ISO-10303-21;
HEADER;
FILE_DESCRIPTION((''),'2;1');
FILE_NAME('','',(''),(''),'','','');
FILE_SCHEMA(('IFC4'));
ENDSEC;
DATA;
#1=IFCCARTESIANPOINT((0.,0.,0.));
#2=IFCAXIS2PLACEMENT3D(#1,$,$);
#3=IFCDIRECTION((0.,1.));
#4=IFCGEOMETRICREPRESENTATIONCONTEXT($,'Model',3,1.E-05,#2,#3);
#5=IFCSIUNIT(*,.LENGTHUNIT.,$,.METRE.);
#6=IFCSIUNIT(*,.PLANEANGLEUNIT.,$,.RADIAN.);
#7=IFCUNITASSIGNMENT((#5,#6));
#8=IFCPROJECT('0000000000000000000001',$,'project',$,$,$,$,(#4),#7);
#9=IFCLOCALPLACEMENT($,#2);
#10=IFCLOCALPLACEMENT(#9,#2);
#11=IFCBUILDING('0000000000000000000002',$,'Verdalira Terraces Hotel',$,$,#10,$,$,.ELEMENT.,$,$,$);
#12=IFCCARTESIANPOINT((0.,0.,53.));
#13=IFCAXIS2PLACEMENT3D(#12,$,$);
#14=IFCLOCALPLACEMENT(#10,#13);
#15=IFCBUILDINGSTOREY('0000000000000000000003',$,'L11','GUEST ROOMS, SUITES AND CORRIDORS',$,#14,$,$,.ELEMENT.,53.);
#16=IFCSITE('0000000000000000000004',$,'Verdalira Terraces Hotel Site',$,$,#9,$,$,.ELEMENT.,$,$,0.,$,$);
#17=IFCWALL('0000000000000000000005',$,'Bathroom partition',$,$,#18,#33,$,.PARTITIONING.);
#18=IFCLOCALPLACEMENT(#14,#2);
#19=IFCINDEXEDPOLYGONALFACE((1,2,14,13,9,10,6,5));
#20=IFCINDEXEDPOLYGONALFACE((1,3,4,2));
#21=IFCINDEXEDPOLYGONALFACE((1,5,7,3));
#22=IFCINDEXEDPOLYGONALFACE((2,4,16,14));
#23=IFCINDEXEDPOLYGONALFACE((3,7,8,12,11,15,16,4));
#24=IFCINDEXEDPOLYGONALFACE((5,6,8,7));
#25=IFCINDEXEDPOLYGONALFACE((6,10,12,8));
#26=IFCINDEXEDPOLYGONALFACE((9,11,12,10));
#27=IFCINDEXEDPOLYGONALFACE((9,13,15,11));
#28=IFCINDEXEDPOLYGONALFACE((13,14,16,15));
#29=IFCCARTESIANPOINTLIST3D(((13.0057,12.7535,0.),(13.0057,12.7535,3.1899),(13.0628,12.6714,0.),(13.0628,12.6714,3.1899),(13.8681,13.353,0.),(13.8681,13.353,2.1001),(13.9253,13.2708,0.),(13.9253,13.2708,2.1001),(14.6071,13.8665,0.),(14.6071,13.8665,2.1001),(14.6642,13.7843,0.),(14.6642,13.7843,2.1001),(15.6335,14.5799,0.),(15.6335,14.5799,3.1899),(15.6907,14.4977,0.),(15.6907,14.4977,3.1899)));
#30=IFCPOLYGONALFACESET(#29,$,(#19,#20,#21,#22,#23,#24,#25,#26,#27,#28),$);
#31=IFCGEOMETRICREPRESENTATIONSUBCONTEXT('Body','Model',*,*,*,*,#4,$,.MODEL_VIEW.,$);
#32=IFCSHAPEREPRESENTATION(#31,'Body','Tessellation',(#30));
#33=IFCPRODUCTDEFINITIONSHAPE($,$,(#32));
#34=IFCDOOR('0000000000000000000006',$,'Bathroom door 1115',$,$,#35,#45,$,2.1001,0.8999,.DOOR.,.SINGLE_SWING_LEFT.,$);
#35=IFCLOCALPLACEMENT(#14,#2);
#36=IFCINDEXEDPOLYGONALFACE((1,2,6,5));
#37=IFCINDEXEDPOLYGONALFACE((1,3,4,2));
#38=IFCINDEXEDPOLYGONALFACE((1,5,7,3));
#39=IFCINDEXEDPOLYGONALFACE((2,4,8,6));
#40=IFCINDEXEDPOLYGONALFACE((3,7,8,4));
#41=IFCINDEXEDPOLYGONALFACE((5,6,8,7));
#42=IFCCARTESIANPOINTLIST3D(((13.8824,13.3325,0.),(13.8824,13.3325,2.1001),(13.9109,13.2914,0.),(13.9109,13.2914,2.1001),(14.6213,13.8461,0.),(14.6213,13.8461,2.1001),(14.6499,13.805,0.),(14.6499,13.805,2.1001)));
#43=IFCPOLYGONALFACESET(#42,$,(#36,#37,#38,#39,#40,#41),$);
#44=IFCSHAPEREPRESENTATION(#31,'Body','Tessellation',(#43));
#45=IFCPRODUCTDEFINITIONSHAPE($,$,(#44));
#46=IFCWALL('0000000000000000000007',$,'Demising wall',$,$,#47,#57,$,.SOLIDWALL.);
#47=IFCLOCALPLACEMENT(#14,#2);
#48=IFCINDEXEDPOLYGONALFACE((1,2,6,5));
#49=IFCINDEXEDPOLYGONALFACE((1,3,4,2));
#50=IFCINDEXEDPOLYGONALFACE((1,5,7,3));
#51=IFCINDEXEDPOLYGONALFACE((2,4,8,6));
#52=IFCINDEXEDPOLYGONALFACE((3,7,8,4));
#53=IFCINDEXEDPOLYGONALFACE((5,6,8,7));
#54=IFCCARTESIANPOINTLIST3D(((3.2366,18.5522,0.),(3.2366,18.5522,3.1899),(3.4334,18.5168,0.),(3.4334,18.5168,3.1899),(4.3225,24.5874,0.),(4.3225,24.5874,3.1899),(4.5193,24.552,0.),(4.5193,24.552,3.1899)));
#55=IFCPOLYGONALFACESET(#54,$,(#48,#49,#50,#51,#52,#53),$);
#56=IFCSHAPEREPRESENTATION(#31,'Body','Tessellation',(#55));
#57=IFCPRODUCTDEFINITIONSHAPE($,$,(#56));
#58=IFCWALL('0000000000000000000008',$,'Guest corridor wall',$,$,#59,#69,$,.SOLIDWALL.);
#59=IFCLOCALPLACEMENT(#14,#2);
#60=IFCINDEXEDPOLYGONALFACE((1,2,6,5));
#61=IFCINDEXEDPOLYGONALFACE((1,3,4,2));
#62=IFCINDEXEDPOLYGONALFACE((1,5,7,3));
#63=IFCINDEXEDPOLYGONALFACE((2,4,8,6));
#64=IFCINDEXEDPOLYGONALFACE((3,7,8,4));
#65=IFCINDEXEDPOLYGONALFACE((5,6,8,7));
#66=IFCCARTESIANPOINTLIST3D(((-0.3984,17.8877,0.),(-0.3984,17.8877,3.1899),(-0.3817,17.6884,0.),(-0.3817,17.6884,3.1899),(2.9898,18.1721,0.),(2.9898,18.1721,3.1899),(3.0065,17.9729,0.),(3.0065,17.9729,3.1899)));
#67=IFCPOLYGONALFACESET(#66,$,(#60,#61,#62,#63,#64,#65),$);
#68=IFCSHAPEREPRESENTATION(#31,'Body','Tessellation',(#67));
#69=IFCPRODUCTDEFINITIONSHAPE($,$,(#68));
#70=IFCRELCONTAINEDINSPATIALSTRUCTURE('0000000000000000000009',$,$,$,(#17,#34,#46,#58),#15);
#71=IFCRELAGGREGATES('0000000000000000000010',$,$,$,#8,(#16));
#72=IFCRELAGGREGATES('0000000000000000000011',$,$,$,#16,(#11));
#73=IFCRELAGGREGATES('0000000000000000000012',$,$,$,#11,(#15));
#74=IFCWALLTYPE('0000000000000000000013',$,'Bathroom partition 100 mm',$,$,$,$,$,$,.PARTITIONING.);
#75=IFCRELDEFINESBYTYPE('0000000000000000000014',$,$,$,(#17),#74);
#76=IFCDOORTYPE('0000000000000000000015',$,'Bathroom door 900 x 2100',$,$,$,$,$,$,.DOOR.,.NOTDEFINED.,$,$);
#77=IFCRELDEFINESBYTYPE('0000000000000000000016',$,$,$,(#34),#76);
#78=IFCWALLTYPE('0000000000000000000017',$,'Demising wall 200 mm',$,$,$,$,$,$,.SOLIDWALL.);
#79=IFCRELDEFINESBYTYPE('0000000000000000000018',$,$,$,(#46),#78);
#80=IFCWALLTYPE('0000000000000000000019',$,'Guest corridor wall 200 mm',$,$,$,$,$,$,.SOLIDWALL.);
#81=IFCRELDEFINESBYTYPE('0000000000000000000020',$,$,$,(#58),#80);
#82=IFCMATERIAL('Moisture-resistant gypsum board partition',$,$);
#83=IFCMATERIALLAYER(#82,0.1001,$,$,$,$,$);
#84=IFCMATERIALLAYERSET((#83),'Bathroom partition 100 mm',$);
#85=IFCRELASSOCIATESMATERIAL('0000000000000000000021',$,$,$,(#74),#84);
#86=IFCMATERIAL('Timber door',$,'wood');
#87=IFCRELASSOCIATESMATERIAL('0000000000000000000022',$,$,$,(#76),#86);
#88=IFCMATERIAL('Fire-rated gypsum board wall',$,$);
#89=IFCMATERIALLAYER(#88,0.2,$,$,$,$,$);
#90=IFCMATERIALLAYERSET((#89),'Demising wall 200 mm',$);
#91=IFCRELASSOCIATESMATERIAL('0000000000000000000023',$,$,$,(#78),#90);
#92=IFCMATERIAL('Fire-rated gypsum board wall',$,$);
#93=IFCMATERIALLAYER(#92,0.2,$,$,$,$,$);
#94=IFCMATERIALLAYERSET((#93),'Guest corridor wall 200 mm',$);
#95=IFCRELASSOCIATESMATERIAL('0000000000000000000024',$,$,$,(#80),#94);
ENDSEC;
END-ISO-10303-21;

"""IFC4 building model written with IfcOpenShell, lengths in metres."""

from ifc_helpers import new_model, si_unit, direction, frame, frame_2d, origin, place, context, subcontext, project, spatial, rectangle, extrude, material, layer, layer_set, type_object, element, fill, save


model = new_model("IFC4")

# Units and contexts
model_context = context("Model", 3, precision=1e-05, world=origin(), true_north=direction((0.0, 1.0)))
body_context = subcontext(model_context, "Body", "Model", "MODEL_VIEW")
ifc_project = project(units=[si_unit("LENGTHUNIT", "METRE"), si_unit("PLANEANGLEUNIT", "RADIAN")], contexts=[model_context])

# Site, building, storey
site_placement = place(None, origin())
site = spatial("IfcSite", under=ifc_project, at=site_placement, Name="Verdalira Terraces Hotel Site", CompositionType="ELEMENT", RefElevation=0.0)
building_placement = place(site_placement, origin())
building = spatial("IfcBuilding", under=site, at=building_placement, Name="Verdalira Terraces Hotel", CompositionType="ELEMENT")
storey_placement = place(building_placement, frame((0.0, 0.0, 53.0)))
storey = spatial("IfcBuildingStorey", under=building, at=storey_placement, Name="L11", Description="GUEST ROOMS, SUITES AND CORRIDORS", CompositionType="ELEMENT", Elevation=53.0)

# Shared definitions
ifc_material_1 = material(Name="Moisture-resistant gypsum board partition")
ifc_layer_1 = layer(ifc_material_1, 0.1001)
ifc_layer_set_1 = layer_set([ifc_layer_1], Name="Bathroom partition 100 mm")
wall_type_1 = type_object("IfcWallType", Name="Bathroom partition 100 mm", PredefinedType="PARTITIONING", material=ifc_layer_set_1)
ifc_material_2 = material(Name="Timber door", Category="wood")
door_type_1 = type_object("IfcDoorType", Name="Bathroom door 900 x 2100", OperationType="NOTDEFINED", PredefinedType="DOOR", material=ifc_material_2)

# Wall, opening, door
wall_1_placement = place(storey_placement, frame((15.6621, 14.5388, 0.0), z_axis=(0.0, 0.0, 1.0), x_axis=(-0.821155, -0.570705, 0.0)))
wall_1 = element("IfcWall", 1, at=wall_1_placement, inside=storey, type_object=wall_type_1, Name="Bathroom partition", PredefinedType="PARTITIONING", context=body_context, shape_type="SweptSolid", body=[
    extrude(rectangle(XDim=3.2002, YDim=0.1001, at=frame_2d((1.6001, 0.0))), origin(), (0.0, 0.0, 1.0), 3.1899),
])
opening_1_placement = place(wall_1_placement, frame((1.25, 0.0, 0.0)))
opening_1 = element("IfcOpeningElement", 2, at=opening_1_placement, cuts=wall_1, PredefinedType="OPENING", context=body_context, shape_type="SweptSolid", body=[
    extrude(rectangle(XDim=0.8999, YDim=2.1001, at=frame_2d((0.45, 1.05))), frame((0.0, 0.0601, 0.0), z_axis=(0.0, -1.0, 0.0), x_axis=(1.0, 0.0, 0.0)), (0.0, 0.0, 1.0), 0.1201),
])
door_1_placement = place(opening_1_placement, origin())
door_1 = element("IfcDoor", 3, at=door_1_placement, inside=storey, type_object=door_type_1, Name="Bathroom door 1115", OperationType="SINGLE_SWING_LEFT", OverallHeight=2.1001, OverallWidth=0.8999, PredefinedType="DOOR", context=body_context, shape_type="SweptSolid", body=[
    extrude(rectangle(XDim=0.8999, YDim=2.1001, at=frame_2d((0.45, 1.05))), frame((0.0, 0.0249, 0.0), z_axis=(0.0, -1.0, 0.0), x_axis=(1.0, 0.0, 0.0)), (0.0, 0.0, 1.0), 0.05),
])
fill(opening_1, door_1)

# Walls
ifc_material_3 = material(Name="Fire-rated gypsum board wall")
ifc_layer_2 = layer(ifc_material_3, 0.2)
ifc_layer_set_2 = layer_set([ifc_layer_2], Name="Demising wall 200 mm")
wall_type_2 = type_object("IfcWallType", Name="Demising wall 200 mm", PredefinedType="SOLIDWALL", material=ifc_layer_set_2)
wall_2_placement = place(storey_placement, frame((4.4209, 24.5696, 0.0), z_axis=(0.0, 0.0, 1.0), x_axis=(-0.177091, -0.984194, 0.0)))
element("IfcWall", 4, at=wall_2_placement, inside=storey, type_object=wall_type_2, Name="Demising wall", PredefinedType="SOLIDWALL", context=body_context, shape_type="SweptSolid", body=[
    extrude(rectangle(XDim=6.1321, YDim=0.2, at=frame_2d((3.0659, 0.0))), origin(), (0.0, 0.0, 1.0), 3.1899),
])
ifc_material_4 = material(Name="Fire-rated gypsum board wall")
ifc_layer_3 = layer(ifc_material_4, 0.2)
ifc_layer_set_3 = layer_set([ifc_layer_3], Name="Guest corridor wall 200 mm")
wall_type_3 = type_object("IfcWallType", Name="Guest corridor wall 200 mm", PredefinedType="SOLIDWALL", material=ifc_layer_set_3)
wall_3_placement = place(storey_placement, frame((2.9983, 18.0725, 0.0), z_axis=(0.0, 0.0, 1.0), x_axis=(-0.996495, -0.083652, 0.0)))
element("IfcWall", 5, at=wall_3_placement, inside=storey, type_object=wall_type_3, Name="Guest corridor wall", PredefinedType="SOLIDWALL", context=body_context, shape_type="SweptSolid", body=[
    extrude(rectangle(XDim=3.4001, YDim=0.2, at=frame_2d((1.7002, 0.0))), origin(), (0.0, 0.0, 1.0), 3.1899),
])

save(model, "model.ifc")
